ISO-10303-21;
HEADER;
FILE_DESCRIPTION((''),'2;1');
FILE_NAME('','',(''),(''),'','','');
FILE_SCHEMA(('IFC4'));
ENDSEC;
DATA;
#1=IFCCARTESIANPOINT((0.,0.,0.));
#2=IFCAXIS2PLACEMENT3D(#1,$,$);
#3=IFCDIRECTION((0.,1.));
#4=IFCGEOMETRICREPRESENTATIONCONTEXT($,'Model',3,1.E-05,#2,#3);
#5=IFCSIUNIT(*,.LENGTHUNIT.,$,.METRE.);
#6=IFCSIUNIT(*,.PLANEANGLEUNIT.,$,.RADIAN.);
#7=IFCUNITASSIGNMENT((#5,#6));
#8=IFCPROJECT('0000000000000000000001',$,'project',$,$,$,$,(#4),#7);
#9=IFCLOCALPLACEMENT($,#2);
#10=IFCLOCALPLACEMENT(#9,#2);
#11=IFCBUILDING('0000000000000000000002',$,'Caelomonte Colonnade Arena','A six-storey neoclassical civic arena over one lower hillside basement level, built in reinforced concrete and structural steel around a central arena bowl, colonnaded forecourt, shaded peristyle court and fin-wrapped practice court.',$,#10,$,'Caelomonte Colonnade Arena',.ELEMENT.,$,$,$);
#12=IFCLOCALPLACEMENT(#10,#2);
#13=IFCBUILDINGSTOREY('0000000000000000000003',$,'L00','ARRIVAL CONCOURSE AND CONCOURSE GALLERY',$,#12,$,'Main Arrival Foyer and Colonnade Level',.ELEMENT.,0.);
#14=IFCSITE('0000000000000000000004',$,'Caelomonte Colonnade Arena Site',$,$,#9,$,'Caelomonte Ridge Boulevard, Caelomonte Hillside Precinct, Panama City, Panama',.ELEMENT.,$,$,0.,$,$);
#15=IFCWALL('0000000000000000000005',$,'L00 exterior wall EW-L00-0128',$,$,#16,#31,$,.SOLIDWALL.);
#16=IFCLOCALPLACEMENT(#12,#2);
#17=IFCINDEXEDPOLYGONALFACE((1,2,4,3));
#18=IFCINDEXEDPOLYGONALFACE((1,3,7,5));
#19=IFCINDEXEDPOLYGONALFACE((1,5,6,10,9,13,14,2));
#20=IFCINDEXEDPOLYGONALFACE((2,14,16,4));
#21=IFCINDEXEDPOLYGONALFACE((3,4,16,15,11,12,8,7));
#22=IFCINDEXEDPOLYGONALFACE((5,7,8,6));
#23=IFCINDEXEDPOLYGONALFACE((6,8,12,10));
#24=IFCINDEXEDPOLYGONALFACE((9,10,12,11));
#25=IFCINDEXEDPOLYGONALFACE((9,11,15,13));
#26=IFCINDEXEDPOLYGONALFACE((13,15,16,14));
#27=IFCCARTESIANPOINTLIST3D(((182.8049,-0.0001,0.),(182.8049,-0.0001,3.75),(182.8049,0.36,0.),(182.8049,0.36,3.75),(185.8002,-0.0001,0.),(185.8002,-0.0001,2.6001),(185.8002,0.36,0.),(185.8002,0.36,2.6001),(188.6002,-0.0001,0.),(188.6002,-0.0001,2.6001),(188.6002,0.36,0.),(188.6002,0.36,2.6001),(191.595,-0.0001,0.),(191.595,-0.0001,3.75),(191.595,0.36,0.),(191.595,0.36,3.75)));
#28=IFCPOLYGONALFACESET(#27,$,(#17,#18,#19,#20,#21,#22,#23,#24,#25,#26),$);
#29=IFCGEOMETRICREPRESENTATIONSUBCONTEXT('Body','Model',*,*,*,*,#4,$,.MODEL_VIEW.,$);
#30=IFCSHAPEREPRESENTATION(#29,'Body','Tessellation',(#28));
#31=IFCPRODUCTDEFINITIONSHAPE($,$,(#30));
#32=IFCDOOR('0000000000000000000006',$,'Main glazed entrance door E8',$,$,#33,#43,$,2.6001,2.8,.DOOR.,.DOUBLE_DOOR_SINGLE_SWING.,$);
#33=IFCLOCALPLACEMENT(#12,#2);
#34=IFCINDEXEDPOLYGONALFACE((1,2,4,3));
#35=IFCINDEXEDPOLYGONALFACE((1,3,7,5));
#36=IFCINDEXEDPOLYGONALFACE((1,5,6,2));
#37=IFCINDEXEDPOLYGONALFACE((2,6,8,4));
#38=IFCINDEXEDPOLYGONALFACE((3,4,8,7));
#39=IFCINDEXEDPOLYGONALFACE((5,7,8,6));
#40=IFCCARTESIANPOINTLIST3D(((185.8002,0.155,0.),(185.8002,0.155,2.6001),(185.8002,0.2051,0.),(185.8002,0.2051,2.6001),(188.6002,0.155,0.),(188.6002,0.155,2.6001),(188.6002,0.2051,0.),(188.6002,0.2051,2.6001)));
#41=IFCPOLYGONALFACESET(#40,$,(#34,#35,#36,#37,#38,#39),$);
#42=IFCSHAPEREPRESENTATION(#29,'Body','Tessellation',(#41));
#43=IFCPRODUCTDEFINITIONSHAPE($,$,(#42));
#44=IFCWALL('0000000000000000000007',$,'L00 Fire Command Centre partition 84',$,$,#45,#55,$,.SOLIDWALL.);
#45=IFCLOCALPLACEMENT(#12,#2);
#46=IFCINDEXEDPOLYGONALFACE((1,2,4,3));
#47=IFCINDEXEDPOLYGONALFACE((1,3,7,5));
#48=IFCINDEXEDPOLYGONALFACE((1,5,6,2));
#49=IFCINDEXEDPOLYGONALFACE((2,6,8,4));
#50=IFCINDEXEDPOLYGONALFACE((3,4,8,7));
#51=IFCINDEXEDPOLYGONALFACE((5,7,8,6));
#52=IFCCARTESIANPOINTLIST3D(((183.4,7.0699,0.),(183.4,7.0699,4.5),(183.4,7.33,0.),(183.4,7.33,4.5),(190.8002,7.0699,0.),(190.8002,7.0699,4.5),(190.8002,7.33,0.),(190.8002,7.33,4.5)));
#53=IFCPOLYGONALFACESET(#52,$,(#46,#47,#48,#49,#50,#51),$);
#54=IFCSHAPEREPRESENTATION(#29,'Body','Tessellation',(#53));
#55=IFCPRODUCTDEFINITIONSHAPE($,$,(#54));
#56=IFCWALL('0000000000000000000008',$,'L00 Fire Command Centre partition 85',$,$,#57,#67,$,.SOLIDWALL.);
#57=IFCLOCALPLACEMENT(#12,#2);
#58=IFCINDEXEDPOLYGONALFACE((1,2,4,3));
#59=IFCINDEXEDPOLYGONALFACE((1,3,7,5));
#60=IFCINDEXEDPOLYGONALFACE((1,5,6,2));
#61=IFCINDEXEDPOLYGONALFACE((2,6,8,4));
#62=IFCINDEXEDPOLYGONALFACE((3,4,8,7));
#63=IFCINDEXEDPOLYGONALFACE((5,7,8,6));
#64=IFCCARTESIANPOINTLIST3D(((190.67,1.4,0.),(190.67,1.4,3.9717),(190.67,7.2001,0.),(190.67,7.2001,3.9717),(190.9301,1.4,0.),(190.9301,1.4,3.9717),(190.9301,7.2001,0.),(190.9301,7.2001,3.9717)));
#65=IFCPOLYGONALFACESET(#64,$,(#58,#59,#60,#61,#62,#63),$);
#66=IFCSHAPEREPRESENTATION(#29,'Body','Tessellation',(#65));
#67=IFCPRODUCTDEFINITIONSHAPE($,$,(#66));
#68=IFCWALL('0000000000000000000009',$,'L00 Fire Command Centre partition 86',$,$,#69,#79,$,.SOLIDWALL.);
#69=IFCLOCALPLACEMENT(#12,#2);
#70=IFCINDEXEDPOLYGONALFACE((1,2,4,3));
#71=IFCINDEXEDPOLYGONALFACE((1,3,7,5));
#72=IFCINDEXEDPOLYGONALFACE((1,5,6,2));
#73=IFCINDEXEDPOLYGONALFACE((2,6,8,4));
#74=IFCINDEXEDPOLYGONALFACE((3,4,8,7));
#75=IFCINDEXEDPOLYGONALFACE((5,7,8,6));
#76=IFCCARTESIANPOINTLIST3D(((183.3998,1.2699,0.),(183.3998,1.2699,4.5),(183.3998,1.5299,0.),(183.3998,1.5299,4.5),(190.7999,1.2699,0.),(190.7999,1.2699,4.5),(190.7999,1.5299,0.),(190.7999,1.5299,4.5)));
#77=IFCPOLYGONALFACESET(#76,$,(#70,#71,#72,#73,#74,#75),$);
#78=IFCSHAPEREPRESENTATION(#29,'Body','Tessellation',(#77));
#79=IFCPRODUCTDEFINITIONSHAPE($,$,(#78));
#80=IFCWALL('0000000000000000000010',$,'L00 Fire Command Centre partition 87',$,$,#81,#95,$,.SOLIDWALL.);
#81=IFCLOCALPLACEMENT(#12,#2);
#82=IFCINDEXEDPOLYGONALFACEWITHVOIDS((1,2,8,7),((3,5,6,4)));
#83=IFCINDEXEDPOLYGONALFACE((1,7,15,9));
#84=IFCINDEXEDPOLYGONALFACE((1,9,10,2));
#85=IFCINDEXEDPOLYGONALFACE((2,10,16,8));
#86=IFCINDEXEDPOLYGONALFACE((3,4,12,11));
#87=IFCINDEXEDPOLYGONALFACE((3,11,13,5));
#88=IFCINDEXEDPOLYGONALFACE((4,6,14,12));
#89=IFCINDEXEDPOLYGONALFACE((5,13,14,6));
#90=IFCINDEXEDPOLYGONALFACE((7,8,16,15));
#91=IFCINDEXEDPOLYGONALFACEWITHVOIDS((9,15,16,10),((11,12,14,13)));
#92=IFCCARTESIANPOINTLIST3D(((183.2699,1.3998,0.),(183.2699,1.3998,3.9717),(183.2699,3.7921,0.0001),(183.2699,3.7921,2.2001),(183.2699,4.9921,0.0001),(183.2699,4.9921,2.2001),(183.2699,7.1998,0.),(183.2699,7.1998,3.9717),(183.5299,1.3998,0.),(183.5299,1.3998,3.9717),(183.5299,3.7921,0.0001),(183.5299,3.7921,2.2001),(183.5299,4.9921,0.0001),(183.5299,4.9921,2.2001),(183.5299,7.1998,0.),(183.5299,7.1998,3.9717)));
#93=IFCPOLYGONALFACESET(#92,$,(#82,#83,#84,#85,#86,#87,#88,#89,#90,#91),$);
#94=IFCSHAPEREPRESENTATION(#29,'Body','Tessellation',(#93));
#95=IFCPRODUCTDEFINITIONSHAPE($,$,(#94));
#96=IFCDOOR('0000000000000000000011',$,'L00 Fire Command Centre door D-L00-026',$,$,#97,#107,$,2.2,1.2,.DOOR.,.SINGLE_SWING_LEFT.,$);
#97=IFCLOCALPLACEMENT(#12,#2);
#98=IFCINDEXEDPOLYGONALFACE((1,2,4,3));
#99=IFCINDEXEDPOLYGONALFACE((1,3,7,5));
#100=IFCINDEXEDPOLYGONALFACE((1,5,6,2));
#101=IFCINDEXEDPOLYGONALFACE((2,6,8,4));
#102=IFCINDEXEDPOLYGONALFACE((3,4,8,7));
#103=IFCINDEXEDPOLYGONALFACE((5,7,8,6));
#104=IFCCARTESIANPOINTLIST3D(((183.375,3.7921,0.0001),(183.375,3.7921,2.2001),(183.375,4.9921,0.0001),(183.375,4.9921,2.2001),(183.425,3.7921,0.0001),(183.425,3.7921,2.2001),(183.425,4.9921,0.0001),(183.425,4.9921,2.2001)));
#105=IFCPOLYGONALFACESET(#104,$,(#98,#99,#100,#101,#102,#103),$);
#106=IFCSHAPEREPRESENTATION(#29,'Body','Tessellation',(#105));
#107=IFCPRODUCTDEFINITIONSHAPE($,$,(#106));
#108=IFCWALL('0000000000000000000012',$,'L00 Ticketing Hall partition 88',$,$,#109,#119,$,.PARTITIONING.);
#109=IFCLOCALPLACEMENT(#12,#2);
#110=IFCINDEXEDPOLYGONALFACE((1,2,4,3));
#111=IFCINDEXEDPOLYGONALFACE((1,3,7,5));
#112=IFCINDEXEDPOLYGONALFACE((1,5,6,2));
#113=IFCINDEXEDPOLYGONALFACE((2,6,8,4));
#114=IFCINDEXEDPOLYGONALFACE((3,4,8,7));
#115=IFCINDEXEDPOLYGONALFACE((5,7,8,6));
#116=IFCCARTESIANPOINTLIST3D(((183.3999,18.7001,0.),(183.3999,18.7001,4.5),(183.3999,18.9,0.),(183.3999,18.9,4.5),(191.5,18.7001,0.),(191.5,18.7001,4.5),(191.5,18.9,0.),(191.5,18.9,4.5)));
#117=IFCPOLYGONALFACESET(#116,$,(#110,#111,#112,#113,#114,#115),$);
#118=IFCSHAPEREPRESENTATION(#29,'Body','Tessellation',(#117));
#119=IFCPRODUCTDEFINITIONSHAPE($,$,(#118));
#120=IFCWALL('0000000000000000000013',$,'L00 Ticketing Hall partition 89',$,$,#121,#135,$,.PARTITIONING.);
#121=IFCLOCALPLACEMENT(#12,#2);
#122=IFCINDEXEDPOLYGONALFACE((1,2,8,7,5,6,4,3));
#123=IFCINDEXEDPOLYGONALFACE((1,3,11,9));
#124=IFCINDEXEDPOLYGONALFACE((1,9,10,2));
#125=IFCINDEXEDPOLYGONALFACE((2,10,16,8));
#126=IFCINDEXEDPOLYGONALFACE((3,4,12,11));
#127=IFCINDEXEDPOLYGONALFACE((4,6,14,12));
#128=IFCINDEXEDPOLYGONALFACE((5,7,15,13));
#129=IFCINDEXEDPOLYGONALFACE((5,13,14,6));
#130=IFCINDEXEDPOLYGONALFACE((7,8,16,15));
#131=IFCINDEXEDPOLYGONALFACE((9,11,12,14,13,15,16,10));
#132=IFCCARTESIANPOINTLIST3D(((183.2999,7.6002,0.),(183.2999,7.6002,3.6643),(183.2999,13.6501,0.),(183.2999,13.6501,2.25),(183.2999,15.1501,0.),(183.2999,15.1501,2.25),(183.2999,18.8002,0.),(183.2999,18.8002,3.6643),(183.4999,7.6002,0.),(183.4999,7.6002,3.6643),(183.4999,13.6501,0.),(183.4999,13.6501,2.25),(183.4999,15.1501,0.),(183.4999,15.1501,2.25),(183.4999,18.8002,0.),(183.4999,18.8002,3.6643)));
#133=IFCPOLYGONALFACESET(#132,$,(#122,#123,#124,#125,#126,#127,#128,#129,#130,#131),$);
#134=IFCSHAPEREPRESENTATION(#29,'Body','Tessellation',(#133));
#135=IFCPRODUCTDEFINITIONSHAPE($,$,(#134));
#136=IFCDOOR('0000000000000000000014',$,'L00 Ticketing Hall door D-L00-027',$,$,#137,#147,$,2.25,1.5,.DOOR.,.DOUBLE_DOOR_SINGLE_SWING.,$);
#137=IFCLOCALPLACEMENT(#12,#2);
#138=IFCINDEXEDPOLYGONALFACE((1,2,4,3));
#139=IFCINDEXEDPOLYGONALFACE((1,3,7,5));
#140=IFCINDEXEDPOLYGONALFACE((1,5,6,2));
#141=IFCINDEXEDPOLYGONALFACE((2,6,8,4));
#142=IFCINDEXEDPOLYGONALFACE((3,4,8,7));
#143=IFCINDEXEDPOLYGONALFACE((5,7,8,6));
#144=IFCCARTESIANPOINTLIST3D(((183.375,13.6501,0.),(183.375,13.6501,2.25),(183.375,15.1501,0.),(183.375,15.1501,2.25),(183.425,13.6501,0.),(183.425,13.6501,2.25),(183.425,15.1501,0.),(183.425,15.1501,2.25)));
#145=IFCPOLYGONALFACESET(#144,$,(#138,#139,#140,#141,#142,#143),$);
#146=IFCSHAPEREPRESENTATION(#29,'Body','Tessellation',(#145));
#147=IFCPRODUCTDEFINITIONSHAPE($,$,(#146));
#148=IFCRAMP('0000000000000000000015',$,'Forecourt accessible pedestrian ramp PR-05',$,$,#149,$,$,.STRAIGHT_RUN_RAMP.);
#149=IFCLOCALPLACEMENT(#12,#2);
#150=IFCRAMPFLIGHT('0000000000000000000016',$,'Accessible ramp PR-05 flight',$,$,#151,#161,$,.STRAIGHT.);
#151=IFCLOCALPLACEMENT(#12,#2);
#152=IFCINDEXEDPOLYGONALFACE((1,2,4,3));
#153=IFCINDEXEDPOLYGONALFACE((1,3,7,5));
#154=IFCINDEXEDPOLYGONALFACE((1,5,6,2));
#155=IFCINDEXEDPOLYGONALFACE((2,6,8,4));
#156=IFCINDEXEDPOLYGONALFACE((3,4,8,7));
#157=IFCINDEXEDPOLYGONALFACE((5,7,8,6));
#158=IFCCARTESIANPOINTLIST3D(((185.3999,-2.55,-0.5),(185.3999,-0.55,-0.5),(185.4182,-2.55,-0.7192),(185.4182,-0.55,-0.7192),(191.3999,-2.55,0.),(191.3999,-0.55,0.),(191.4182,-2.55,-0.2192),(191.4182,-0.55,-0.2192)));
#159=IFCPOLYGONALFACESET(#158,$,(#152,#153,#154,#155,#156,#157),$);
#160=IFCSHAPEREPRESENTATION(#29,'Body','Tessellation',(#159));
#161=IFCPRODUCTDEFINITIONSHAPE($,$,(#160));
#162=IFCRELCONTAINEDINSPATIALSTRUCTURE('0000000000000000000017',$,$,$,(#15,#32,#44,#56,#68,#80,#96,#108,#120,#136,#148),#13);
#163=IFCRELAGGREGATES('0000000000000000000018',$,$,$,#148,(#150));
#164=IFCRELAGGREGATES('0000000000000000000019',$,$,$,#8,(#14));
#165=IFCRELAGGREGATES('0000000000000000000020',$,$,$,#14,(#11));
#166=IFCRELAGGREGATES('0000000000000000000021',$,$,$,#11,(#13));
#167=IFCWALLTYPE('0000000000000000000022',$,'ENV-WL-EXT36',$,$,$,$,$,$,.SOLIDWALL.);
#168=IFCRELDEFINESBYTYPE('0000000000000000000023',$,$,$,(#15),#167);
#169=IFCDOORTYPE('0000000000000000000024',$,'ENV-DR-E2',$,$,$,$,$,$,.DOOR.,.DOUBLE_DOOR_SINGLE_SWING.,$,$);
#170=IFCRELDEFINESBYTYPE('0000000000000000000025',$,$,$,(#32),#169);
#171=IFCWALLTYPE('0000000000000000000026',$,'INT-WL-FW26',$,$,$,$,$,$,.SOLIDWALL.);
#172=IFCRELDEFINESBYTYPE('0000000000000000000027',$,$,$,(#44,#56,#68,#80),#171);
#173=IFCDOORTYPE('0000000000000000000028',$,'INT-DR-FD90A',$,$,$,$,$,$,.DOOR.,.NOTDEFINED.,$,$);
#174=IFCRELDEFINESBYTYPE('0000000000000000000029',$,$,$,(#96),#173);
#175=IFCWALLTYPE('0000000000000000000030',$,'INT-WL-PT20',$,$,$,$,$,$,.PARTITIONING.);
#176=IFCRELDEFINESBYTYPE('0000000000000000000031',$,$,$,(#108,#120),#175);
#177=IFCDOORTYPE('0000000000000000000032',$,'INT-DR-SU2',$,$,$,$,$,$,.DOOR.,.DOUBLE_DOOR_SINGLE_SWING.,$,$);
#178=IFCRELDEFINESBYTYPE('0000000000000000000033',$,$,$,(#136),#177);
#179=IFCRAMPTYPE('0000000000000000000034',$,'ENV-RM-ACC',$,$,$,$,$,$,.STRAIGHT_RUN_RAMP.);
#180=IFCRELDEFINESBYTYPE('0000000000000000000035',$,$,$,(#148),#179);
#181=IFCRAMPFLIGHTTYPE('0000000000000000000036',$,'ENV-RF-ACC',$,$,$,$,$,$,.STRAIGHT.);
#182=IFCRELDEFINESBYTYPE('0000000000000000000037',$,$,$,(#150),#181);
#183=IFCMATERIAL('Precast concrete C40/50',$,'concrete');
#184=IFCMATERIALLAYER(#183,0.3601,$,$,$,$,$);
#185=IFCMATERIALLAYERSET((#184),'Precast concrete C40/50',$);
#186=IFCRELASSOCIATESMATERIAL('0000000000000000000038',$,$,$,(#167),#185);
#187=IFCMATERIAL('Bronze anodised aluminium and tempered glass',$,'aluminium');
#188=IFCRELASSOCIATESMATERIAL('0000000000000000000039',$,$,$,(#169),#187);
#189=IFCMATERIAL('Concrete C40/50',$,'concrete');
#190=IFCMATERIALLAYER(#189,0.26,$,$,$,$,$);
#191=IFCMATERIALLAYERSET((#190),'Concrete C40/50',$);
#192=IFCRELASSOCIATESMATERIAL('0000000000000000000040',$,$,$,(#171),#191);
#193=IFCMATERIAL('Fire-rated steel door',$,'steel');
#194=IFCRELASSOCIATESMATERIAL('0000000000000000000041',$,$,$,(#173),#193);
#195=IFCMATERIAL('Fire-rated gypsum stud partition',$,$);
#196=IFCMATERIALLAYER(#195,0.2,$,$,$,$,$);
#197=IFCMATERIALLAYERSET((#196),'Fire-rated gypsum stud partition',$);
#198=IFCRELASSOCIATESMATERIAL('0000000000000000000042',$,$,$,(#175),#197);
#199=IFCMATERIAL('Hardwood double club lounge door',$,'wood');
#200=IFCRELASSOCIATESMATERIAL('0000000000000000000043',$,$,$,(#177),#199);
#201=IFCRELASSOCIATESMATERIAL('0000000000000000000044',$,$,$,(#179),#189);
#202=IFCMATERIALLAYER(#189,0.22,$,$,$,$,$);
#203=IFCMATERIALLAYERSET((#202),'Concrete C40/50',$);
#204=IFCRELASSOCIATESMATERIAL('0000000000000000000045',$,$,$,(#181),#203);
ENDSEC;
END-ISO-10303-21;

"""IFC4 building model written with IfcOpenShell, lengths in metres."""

from ifc_helpers import new_model, si_unit, direction, frame, frame_2d, origin, place, context, subcontext, project, spatial, polyline, rectangle, outline, extrude, material, layer, layer_set, type_object, element, fill, aggregate, save


model = new_model("IFC4")

# Units and contexts
model_context = context("Model", 3, precision=1e-05, world=origin(), true_north=direction((0.0, 1.0)))
body_context = subcontext(model_context, "Body", "Model", "MODEL_VIEW")
ifc_project = project(units=[si_unit("LENGTHUNIT", "METRE"), si_unit("PLANEANGLEUNIT", "RADIAN")], contexts=[model_context])

# Site, building, storey
site_placement = place(None, origin())
site = spatial("IfcSite", under=ifc_project, at=site_placement, Name="Caelomonte Colonnade Arena Site", LongName="Caelomonte Ridge Boulevard, Caelomonte Hillside Precinct, Panama City, Panama", CompositionType="ELEMENT", RefElevation=0.0)
building_placement = place(site_placement, origin())
building = spatial("IfcBuilding", under=site, at=building_placement, Name="Caelomonte Colonnade Arena", Description="A six-storey neoclassical civic arena over one lower hillside basement level, built in reinforced concrete and structural steel around a central arena bowl, colonnaded forecourt, shaded peristyle court and fin-wrapped practice court.", LongName="Caelomonte Colonnade Arena", CompositionType="ELEMENT")
storey_placement = place(building_placement, origin())
storey = spatial("IfcBuildingStorey", under=building, at=storey_placement, Name="L00", Description="ARRIVAL CONCOURSE AND CONCOURSE GALLERY", LongName="Main Arrival Foyer and Colonnade Level", CompositionType="ELEMENT", Elevation=0.0)

# Shared definitions
ifc_material_1 = material(Name="Concrete C40/50", Category="concrete")

# Wall, opening, door
ifc_material_2 = material(Name="Precast concrete C40/50", Category="concrete")
ifc_layer_1 = layer(ifc_material_2, 0.3601)
ifc_layer_set_1 = layer_set([ifc_layer_1], Name="Precast concrete C40/50")
wall_type_1 = type_object("IfcWallType", Name="ENV-WL-EXT36", PredefinedType="SOLIDWALL", material=ifc_layer_set_1)
wall_1_placement = place(storey_placement, frame((182.8049, 0.1799, 0.0), z_axis=(0.0, 0.0, 1.0), x_axis=(1.0, 0.0, 0.0)))
wall_1 = element("IfcWall", 1, at=wall_1_placement, inside=storey, type_object=wall_type_1, Name="L00 exterior wall EW-L00-0128", PredefinedType="SOLIDWALL", context=body_context, shape_type="SweptSolid", body=[
    extrude(rectangle(XDim=8.79, YDim=0.3601, at=frame_2d((4.395, 0.0))), origin(), (0.0, 0.0, 1.0), 3.75),
])
opening_1_placement = place(wall_1_placement, frame((5.7952, 0.0, 0.0), z_axis=(0.0, 0.0, 1.0), x_axis=(-1.0, 0.0, 0.0)))
opening_1 = element("IfcOpeningElement", 2, at=opening_1_placement, cuts=wall_1, PredefinedType="OPENING", context=body_context, shape_type="SweptSolid", body=[
    extrude(rectangle(XDim=2.8, YDim=2.6001, at=frame_2d((1.3999, 1.3))), frame((0.0, 0.1899, 0.0), z_axis=(0.0, -1.0, 0.0), x_axis=(1.0, 0.0, 0.0)), (0.0, 0.0, 1.0), 0.3801),
])
ifc_material_3 = material(Name="Bronze anodised aluminium and tempered glass", Category="aluminium")
door_type_1 = type_object("IfcDoorType", Name="ENV-DR-E2", OperationType="DOUBLE_DOOR_SINGLE_SWING", PredefinedType="DOOR", material=ifc_material_3)
door_1_placement = place(opening_1_placement, origin())
door_1 = element("IfcDoor", 3, at=door_1_placement, inside=storey, type_object=door_type_1, Name="Main glazed entrance door E8", OperationType="DOUBLE_DOOR_SINGLE_SWING", OverallHeight=2.6001, OverallWidth=2.8, PredefinedType="DOOR", context=body_context, shape_type="SweptSolid", body=[
    extrude(rectangle(XDim=2.8, YDim=2.6001, at=frame_2d((1.3999, 1.3))), frame((0.0, 0.0249, 0.0), z_axis=(0.0, -1.0, 0.0), x_axis=(1.0, 0.0, 0.0)), (0.0, 0.0, 1.0), 0.05),
])
fill(opening_1, door_1)

# Walls
ifc_layer_2 = layer(ifc_material_1, 0.26)
ifc_layer_set_2 = layer_set([ifc_layer_2], Name="Concrete C40/50")
wall_type_2 = type_object("IfcWallType", Name="INT-WL-FW26", PredefinedType="SOLIDWALL", material=ifc_layer_set_2)
wall_2_placement = place(storey_placement, frame((183.3999, 7.2, 0.0), z_axis=(0.0, 0.0, 1.0), x_axis=(1.0, 0.0, 0.0)))
element("IfcWall", 4, at=wall_2_placement, inside=storey, type_object=wall_type_2, Name="L00 Fire Command Centre partition 84", PredefinedType="SOLIDWALL", context=body_context, shape_type="SweptSolid", body=[
    extrude(rectangle(XDim=7.4001, YDim=0.26, at=frame_2d((3.7002, 0.0))), origin(), (0.0, 0.0, 1.0), 4.5),
])
wall_3_placement = place(storey_placement, frame((190.8, 7.2, 0.0), z_axis=(0.0, 0.0, 1.0), x_axis=(0.0, -1.0, 0.0)))
element("IfcWall", 5, at=wall_3_placement, inside=storey, type_object=wall_type_2, Name="L00 Fire Command Centre partition 85", PredefinedType="SOLIDWALL", context=body_context, shape_type="SweptSolid", body=[
    extrude(rectangle(XDim=5.8, YDim=0.26, at=frame_2d((2.8999, 0.0))), origin(), (0.0, 0.0, 1.0), 3.9717),
])
wall_4_placement = place(storey_placement, frame((190.8, 1.3999, 0.0), z_axis=(0.0, 0.0, 1.0), x_axis=(-1.0, 0.0, 0.0)))
element("IfcWall", 6, at=wall_4_placement, inside=storey, type_object=wall_type_2, Name="L00 Fire Command Centre partition 86", PredefinedType="SOLIDWALL", context=body_context, shape_type="SweptSolid", body=[
    extrude(rectangle(XDim=7.4001, YDim=0.26, at=frame_2d((3.7002, 0.0))), origin(), (0.0, 0.0, 1.0), 4.5),
])

# Wall, opening, door
wall_5_placement = place(storey_placement, frame((183.3999, 1.3999, 0.0), z_axis=(0.0, 0.0, 1.0), x_axis=(0.0, 1.0, 0.0)))
wall_5 = element("IfcWall", 7, at=wall_5_placement, inside=storey, type_object=wall_type_2, Name="L00 Fire Command Centre partition 87", PredefinedType="SOLIDWALL", context=body_context, shape_type="SweptSolid", body=[
    extrude(rectangle(XDim=5.8, YDim=0.26, at=frame_2d((2.8999, 0.0))), origin(), (0.0, 0.0, 1.0), 3.9717),
])
opening_2_placement = place(wall_5_placement, frame((2.3921, 0.0, 0.0), z_axis=(0.0, 0.0, 1.0), x_axis=(1.0, 0.0, 0.0)))
opening_2 = element("IfcOpeningElement", 8, at=opening_2_placement, cuts=wall_5, PredefinedType="OPENING", context=body_context, shape_type="SweptSolid", body=[
    extrude(rectangle(XDim=1.2, YDim=2.2, at=frame_2d((0.6001, 1.1001))), frame((0.0, 0.1399, 0.0), z_axis=(0.0, -1.0, 0.0), x_axis=(1.0, 0.0, 0.0)), (0.0, 0.0, 1.0), 0.28),
])
ifc_material_4 = material(Name="Fire-rated steel door", Category="steel")
door_type_2 = type_object("IfcDoorType", Name="INT-DR-FD90A", OperationType="NOTDEFINED", PredefinedType="DOOR", material=ifc_material_4)
door_2_placement = place(opening_2_placement, origin())
door_2 = element("IfcDoor", 9, at=door_2_placement, inside=storey, type_object=door_type_2, Name="L00 Fire Command Centre door D-L00-026", OperationType="SINGLE_SWING_LEFT", OverallHeight=2.2, OverallWidth=1.2, PredefinedType="DOOR", context=body_context, shape_type="SweptSolid", body=[
    extrude(rectangle(XDim=1.2, YDim=2.2, at=frame_2d((0.6001, 1.1001))), frame((0.0, 0.0249, 0.0), z_axis=(0.0, -1.0, 0.0), x_axis=(1.0, 0.0, 0.0)), (0.0, 0.0, 1.0), 0.05),
])
fill(opening_2, door_2)

# Wall
ifc_material_5 = material(Name="Fire-rated gypsum stud partition")
ifc_layer_3 = layer(ifc_material_5, 0.2)
ifc_layer_set_3 = layer_set([ifc_layer_3], Name="Fire-rated gypsum stud partition")
wall_type_3 = type_object("IfcWallType", Name="INT-WL-PT20", PredefinedType="PARTITIONING", material=ifc_layer_set_3)
wall_6_placement = place(storey_placement, frame((183.3999, 18.8, 0.0), z_axis=(0.0, 0.0, 1.0), x_axis=(1.0, 0.0, 0.0)))
element("IfcWall", 10, at=wall_6_placement, inside=storey, type_object=wall_type_3, Name="L00 Ticketing Hall partition 88", PredefinedType="PARTITIONING", context=body_context, shape_type="SweptSolid", body=[
    extrude(rectangle(XDim=8.1001, YDim=0.2, at=frame_2d((4.05, 0.0))), origin(), (0.0, 0.0, 1.0), 4.5),
])

# Wall, opening, door
wall_7_placement = place(storey_placement, frame((183.3999, 7.6001, 0.0), z_axis=(0.0, 0.0, 1.0), x_axis=(0.0, 1.0, 0.0)))
wall_7 = element("IfcWall", 11, at=wall_7_placement, inside=storey, type_object=wall_type_3, Name="L00 Ticketing Hall partition 89", PredefinedType="PARTITIONING", context=body_context, shape_type="SweptSolid", body=[
    extrude(rectangle(XDim=11.2, YDim=0.2, at=frame_2d((5.6001, 0.0))), origin(), (0.0, 0.0, 1.0), 3.6643),
])
opening_3_placement = place(wall_7_placement, frame((6.05, 0.0, 0.0), z_axis=(0.0, 0.0, 1.0), x_axis=(1.0, 0.0, 0.0)))
opening_3 = element("IfcOpeningElement", 12, at=opening_3_placement, cuts=wall_7, PredefinedType="OPENING", context=body_context, shape_type="SweptSolid", body=[
    extrude(rectangle(XDim=1.5, YDim=2.25, at=frame_2d((0.75, 1.125))), frame((0.0, 0.1099, 0.0), z_axis=(0.0, -1.0, 0.0), x_axis=(1.0, 0.0, 0.0)), (0.0, 0.0, 1.0), 0.22),
])
ifc_material_6 = material(Name="Hardwood double club lounge door", Category="wood")
door_type_3 = type_object("IfcDoorType", Name="INT-DR-SU2", OperationType="DOUBLE_DOOR_SINGLE_SWING", PredefinedType="DOOR", material=ifc_material_6)
door_3_placement = place(opening_3_placement, origin())
door_3 = element("IfcDoor", 13, at=door_3_placement, inside=storey, type_object=door_type_3, Name="L00 Ticketing Hall door D-L00-027", OperationType="DOUBLE_DOOR_SINGLE_SWING", OverallHeight=2.25, OverallWidth=1.5, PredefinedType="DOOR", context=body_context, shape_type="SweptSolid", body=[
    extrude(rectangle(XDim=1.5, YDim=2.25, at=frame_2d((0.75, 1.125))), frame((0.0, 0.0249, 0.0), z_axis=(0.0, -1.0, 0.0), x_axis=(1.0, 0.0, 0.0)), (0.0, 0.0, 1.0), 0.05),
])
fill(opening_3, door_3)

# Ramp, ramp flight
ramp_type = type_object("IfcRampType", Name="ENV-RM-ACC", PredefinedType="STRAIGHT_RUN_RAMP", material=ifc_material_1)
ramp_placement = place(storey_placement, origin())
ramp = element("IfcRamp", 14, at=ramp_placement, inside=storey, type_object=ramp_type, Name="Forecourt accessible pedestrian ramp PR-05", PredefinedType="STRAIGHT_RUN_RAMP")
ifc_layer_4 = layer(ifc_material_1, 0.22)
ifc_layer_set_4 = layer_set([ifc_layer_4], Name="Concrete C40/50")
ramp_flight_type = type_object("IfcRampFlightType", Name="ENV-RF-ACC", PredefinedType="STRAIGHT", material=ifc_layer_set_4)
ramp_flight_placement = place(storey_placement, frame((185.3999, -2.55, -0.5), z_axis=(-0.083045, 0.0, 0.996546), x_axis=(0.996546, 0.0, 0.083045)))
ramp_flight = element("IfcRampFlight", 15, at=ramp_flight_placement, type_object=ramp_flight_type, Name="Accessible ramp PR-05 flight", PredefinedType="STRAIGHT", context=body_context, shape_type="SweptSolid", body=[
    extrude(outline(polyline([(0.0, 0.0), (6.0208, 0.0), (6.0208, 2.0), (0.0, 2.0), (0.0, 0.0)])), origin(), (0.0, 0.0, -1.0), 0.22),
])
aggregate(ramp, [ramp_flight])

save(model, "model.ifc")
